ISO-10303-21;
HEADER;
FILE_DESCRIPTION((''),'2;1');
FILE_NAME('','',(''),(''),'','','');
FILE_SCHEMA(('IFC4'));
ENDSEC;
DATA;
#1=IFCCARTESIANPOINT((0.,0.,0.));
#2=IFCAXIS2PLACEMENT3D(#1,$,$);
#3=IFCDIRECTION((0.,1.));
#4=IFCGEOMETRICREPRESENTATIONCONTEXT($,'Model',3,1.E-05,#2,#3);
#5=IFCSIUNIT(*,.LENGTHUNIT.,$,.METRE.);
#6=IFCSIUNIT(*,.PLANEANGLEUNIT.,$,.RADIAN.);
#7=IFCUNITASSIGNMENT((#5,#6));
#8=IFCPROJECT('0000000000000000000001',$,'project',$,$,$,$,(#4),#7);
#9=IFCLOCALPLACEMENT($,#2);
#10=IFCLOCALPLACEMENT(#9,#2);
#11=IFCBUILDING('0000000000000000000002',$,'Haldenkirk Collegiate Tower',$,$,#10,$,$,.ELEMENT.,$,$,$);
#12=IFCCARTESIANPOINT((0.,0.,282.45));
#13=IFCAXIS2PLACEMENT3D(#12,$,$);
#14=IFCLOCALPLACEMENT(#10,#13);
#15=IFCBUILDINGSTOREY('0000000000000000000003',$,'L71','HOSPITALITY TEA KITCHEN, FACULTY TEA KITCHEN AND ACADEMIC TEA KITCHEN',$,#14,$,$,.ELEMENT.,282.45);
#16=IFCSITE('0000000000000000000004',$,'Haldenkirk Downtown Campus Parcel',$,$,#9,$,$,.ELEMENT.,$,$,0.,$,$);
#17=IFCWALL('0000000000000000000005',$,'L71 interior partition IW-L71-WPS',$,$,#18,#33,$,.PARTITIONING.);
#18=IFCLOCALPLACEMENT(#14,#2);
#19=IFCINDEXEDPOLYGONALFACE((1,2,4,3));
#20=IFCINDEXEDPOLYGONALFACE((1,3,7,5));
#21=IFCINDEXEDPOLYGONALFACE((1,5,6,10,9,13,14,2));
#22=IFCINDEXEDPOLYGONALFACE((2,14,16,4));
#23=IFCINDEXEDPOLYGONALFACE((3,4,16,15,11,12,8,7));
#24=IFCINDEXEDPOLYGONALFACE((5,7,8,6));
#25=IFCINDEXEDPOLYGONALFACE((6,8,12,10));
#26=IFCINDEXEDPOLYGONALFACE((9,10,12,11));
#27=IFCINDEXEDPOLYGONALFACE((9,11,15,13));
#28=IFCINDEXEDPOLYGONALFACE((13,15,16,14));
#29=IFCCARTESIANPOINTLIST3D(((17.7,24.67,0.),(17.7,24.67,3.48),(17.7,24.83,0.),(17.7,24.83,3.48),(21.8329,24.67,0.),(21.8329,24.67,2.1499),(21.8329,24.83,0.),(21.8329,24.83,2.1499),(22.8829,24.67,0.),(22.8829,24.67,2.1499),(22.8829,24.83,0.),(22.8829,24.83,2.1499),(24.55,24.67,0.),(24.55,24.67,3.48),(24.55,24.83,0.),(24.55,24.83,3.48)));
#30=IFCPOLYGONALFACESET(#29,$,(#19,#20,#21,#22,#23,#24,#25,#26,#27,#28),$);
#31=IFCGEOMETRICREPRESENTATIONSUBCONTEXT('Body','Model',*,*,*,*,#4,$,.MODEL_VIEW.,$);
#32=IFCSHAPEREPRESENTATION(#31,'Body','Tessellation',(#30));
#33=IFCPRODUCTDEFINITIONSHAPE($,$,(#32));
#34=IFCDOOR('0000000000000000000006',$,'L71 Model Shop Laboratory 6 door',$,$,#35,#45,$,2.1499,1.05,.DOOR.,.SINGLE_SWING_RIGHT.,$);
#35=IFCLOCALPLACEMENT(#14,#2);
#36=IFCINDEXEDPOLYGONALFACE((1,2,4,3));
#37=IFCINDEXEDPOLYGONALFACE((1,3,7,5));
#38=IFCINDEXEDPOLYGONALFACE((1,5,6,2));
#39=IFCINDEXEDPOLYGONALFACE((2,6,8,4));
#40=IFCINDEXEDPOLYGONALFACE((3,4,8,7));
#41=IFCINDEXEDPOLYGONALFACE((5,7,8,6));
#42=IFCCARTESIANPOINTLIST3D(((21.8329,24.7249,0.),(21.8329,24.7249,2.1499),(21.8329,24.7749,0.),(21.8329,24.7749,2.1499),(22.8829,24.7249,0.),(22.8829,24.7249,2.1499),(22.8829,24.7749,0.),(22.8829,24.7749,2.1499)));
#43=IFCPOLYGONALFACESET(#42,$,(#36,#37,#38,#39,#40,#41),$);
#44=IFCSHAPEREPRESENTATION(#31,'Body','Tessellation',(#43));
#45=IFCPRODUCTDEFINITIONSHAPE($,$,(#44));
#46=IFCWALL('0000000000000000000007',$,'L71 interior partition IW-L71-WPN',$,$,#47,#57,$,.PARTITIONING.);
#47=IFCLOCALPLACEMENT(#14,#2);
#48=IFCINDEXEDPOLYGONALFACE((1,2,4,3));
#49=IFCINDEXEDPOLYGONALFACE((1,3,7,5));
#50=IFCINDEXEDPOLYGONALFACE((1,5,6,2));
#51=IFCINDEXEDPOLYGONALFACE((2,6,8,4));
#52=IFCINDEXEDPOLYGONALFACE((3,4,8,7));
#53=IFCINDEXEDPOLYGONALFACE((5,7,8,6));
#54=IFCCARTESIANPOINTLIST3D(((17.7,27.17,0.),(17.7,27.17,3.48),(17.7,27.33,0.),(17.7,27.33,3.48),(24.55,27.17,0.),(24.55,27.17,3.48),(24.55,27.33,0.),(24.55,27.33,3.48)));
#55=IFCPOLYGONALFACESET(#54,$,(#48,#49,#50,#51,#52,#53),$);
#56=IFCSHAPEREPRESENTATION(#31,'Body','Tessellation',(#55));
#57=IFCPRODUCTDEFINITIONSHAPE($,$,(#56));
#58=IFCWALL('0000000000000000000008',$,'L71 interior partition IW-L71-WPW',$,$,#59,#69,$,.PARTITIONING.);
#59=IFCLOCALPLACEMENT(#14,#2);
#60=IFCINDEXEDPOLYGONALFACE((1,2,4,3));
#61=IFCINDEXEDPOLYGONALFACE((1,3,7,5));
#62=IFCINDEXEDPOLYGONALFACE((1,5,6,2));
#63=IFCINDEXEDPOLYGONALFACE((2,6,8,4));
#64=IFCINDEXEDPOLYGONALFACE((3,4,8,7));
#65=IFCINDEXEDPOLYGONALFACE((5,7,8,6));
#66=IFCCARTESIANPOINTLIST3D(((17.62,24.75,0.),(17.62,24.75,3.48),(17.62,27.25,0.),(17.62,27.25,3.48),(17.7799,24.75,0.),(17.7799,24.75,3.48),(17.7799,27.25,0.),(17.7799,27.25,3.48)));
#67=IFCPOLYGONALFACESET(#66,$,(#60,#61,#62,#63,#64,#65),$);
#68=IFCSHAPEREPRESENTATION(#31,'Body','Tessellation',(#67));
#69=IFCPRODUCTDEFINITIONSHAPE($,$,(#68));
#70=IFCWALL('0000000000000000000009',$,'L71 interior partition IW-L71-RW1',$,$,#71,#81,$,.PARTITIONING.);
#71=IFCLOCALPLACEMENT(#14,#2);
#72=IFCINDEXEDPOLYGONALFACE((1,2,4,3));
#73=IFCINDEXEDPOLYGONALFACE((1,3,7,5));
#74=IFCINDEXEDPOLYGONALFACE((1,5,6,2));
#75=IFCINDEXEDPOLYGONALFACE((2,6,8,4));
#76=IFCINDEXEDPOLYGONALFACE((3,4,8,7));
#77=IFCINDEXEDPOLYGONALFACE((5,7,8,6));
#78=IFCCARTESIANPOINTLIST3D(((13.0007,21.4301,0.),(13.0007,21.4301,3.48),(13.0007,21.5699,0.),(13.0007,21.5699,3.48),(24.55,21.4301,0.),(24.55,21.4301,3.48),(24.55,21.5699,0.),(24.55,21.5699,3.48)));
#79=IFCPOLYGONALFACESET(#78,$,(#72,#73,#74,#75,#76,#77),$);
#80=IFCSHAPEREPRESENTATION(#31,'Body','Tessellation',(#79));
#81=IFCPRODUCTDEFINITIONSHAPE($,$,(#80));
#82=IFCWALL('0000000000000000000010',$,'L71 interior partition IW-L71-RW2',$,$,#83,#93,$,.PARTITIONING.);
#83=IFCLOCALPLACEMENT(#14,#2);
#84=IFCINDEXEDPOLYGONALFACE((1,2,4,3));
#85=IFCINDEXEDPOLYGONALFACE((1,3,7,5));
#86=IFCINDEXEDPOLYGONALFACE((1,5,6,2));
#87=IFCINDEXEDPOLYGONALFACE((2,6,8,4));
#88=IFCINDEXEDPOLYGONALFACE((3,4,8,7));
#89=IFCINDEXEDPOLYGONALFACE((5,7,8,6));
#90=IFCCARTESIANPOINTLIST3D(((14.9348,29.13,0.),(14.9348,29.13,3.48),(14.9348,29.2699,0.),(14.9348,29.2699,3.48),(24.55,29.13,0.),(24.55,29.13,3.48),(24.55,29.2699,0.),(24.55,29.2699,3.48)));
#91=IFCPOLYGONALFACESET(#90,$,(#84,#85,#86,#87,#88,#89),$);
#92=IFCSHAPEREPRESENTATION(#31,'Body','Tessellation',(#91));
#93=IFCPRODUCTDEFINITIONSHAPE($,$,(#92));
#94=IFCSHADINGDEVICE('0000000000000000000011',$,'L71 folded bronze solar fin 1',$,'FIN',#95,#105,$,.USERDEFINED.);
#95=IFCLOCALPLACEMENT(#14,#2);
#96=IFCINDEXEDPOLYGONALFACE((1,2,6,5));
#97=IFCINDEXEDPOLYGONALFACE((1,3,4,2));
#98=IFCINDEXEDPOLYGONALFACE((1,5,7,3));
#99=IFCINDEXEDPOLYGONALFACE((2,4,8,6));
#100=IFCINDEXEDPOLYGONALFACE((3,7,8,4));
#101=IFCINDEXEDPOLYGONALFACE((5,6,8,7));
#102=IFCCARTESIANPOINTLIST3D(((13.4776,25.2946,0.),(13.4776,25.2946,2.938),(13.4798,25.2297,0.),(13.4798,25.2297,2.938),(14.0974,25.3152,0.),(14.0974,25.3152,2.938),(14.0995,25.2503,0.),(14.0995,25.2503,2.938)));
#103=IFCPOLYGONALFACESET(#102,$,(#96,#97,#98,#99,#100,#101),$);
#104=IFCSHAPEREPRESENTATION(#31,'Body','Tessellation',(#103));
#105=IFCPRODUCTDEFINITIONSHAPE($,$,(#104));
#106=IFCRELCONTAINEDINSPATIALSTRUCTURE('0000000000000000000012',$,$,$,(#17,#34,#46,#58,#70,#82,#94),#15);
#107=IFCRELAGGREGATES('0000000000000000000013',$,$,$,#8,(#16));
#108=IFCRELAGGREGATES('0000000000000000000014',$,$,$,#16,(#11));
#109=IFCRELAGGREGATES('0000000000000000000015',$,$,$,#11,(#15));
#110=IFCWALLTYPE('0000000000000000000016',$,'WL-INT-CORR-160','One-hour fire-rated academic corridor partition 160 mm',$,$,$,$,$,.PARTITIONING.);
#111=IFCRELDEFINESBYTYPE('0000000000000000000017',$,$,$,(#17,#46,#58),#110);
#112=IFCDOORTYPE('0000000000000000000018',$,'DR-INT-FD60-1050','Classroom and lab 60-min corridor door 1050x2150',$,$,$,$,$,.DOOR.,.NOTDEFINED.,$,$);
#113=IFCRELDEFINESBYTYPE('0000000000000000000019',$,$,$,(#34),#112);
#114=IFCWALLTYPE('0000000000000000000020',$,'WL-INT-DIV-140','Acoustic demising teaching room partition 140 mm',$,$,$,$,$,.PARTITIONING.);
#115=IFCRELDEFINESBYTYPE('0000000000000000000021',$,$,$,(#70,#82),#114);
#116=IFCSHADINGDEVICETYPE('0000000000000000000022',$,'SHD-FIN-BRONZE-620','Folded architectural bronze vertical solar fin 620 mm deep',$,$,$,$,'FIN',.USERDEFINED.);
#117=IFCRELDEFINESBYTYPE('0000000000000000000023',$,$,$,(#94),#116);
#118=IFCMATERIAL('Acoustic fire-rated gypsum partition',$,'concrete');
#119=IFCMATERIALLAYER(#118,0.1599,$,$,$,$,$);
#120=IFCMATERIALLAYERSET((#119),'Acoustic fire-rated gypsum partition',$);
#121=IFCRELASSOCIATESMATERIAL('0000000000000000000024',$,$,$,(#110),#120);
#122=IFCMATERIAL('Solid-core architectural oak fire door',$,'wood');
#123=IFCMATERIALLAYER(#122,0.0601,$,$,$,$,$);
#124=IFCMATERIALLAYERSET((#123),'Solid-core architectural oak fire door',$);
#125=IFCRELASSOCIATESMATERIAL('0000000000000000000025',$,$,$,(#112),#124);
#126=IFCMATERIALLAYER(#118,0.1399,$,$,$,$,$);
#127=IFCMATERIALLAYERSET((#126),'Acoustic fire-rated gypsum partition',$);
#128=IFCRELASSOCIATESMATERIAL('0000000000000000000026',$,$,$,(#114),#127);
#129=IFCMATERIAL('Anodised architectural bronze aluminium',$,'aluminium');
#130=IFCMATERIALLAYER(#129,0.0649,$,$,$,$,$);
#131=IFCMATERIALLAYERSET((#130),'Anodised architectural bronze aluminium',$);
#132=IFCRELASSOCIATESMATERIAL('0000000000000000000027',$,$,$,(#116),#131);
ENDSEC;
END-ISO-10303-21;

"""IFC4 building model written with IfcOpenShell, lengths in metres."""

from ifc_helpers import new_model, si_unit, direction, frame, frame_2d, origin, origin_2d, place, context, subcontext, project, spatial, rectangle, extrude, source, transform, mapped, material, layer, layer_set, type_object, element, fill, save


model = new_model("IFC4")

# Units and contexts
model_context = context("Model", 3, precision=1e-05, world=origin(), true_north=direction((0.0, 1.0)))
body_context = subcontext(model_context, "Body", "Model", "MODEL_VIEW")
ifc_project = project(units=[si_unit("LENGTHUNIT", "METRE"), si_unit("PLANEANGLEUNIT", "RADIAN")], contexts=[model_context])

# Site, building, storey
site_placement = place(None, origin())
site = spatial("IfcSite", under=ifc_project, at=site_placement, Name="Haldenkirk Downtown Campus Parcel", CompositionType="ELEMENT", RefElevation=0.0)
building_placement = place(site_placement, origin())
building = spatial("IfcBuilding", under=site, at=building_placement, Name="Haldenkirk Collegiate Tower", CompositionType="ELEMENT")
storey_placement = place(building_placement, frame((0.0, 0.0, 282.45)))
storey = spatial("IfcBuildingStorey", under=building, at=storey_placement, Name="L71", Description="HOSPITALITY TEA KITCHEN, FACULTY TEA KITCHEN AND ACADEMIC TEA KITCHEN", CompositionType="ELEMENT", Elevation=282.45)

# Shared definitions
ifc_material_1 = material(Name="Anodised architectural bronze aluminium", Category="aluminium")

# Shared definitions
ifc_material_2 = material(Name="Acoustic fire-rated gypsum partition", Category="concrete")
ifc_layer_1 = layer(ifc_material_2, 0.1599)
ifc_layer_set_1 = layer_set([ifc_layer_1], Name="Acoustic fire-rated gypsum partition")
wall_type_1 = type_object("IfcWallType", Name="WL-INT-CORR-160", Description="One-hour fire-rated academic corridor partition 160 mm", PredefinedType="PARTITIONING", material=ifc_layer_set_1)
ifc_material_3 = material(Name="Solid-core architectural oak fire door", Category="wood")
ifc_layer_2 = layer(ifc_material_3, 0.0601)
ifc_layer_set_2 = layer_set([ifc_layer_2], Name="Solid-core architectural oak fire door")
door_type = type_object("IfcDoorType", Name="DR-INT-FD60-1050", Description="Classroom and lab 60-min corridor door 1050x2150", OperationType="NOTDEFINED", PredefinedType="DOOR", material=ifc_layer_set_2)

# Wall, opening, door
wall_1_placement = place(storey_placement, frame((17.7, 24.75, 0.0), z_axis=(0.0, 0.0, 1.0), x_axis=(1.0, 0.0, 0.0)))
wall_1 = element("IfcWall", 1, at=wall_1_placement, inside=storey, type_object=wall_type_1, Name="L71 interior partition IW-L71-WPS", PredefinedType="PARTITIONING", context=body_context, shape_type="SweptSolid", body=[
    extrude(rectangle(XDim=6.8501, YDim=0.1599, at=frame_2d((3.425, 0.0))), origin(), (0.0, 0.0, 1.0), 3.48),
])
opening_1_placement = place(wall_1_placement, frame((4.1331, 0.0, 0.0)))
opening_1 = element("IfcOpeningElement", 2, at=opening_1_placement, cuts=wall_1, PredefinedType="OPENING", context=body_context, shape_type="SweptSolid", body=[
    extrude(rectangle(XDim=1.05, YDim=2.1499, at=frame_2d((0.5249, 1.075))), frame((0.0, 0.0898, 0.0), z_axis=(0.0, -1.0, 0.0), x_axis=(1.0, 0.0, 0.0)), (0.0, 0.0, 1.0), 0.1799),
])
door_1_placement = place(opening_1_placement, origin())
door_1 = element("IfcDoor", 3, at=door_1_placement, inside=storey, type_object=door_type, Name="L71 Model Shop Laboratory 6 door", OperationType="SINGLE_SWING_RIGHT", OverallHeight=2.1499, OverallWidth=1.05, PredefinedType="DOOR", context=body_context, shape_type="SweptSolid", body=[
    extrude(rectangle(XDim=1.05, YDim=2.1499, at=frame_2d((0.5249, 1.075))), frame((0.0, 0.0249, 0.0), z_axis=(0.0, -1.0, 0.0), x_axis=(1.0, 0.0, 0.0)), (0.0, 0.0, 1.0), 0.05),
])
fill(opening_1, door_1)

# Walls
wall_2_placement = place(storey_placement, frame((17.7, 27.25, 0.0), z_axis=(0.0, 0.0, 1.0), x_axis=(1.0, 0.0, 0.0)))
element("IfcWall", 4, at=wall_2_placement, inside=storey, type_object=wall_type_1, Name="L71 interior partition IW-L71-WPN", PredefinedType="PARTITIONING", context=body_context, shape_type="SweptSolid", body=[
    extrude(rectangle(XDim=6.8501, YDim=0.1599, at=frame_2d((3.425, 0.0))), origin(), (0.0, 0.0, 1.0), 3.48),
])
wall_3_placement = place(storey_placement, frame((17.7, 24.75, 0.0), z_axis=(0.0, 0.0, 1.0), x_axis=(0.0, 1.0, 0.0)))
element("IfcWall", 5, at=wall_3_placement, inside=storey, type_object=wall_type_1, Name="L71 interior partition IW-L71-WPW", PredefinedType="PARTITIONING", context=body_context, shape_type="SweptSolid", body=[
    extrude(rectangle(XDim=2.5, YDim=0.1599, at=frame_2d((1.25, 0.0))), origin(), (0.0, 0.0, 1.0), 3.48),
])
ifc_layer_3 = layer(ifc_material_2, 0.1399)
ifc_layer_set_3 = layer_set([ifc_layer_3], Name="Acoustic fire-rated gypsum partition")
wall_type_2 = type_object("IfcWallType", Name="WL-INT-DIV-140", Description="Acoustic demising teaching room partition 140 mm", PredefinedType="PARTITIONING", material=ifc_layer_set_3)
wall_4_placement = place(storey_placement, frame((13.0007, 21.5, 0.0), z_axis=(0.0, 0.0, 1.0), x_axis=(1.0, 0.0, 0.0)))
element("IfcWall", 6, at=wall_4_placement, inside=storey, type_object=wall_type_2, Name="L71 interior partition IW-L71-RW1", PredefinedType="PARTITIONING", context=body_context, shape_type="SweptSolid", body=[
    extrude(rectangle(XDim=11.5493, YDim=0.1399, at=frame_2d((5.7747, 0.0))), origin(), (0.0, 0.0, 1.0), 3.48),
])
wall_5_placement = place(storey_placement, frame((14.9348, 29.2, 0.0), z_axis=(0.0, 0.0, 1.0), x_axis=(1.0, 0.0, 0.0)))
element("IfcWall", 7, at=wall_5_placement, inside=storey, type_object=wall_type_2, Name="L71 interior partition IW-L71-RW2", PredefinedType="PARTITIONING", context=body_context, shape_type="SweptSolid", body=[
    extrude(rectangle(XDim=9.6152, YDim=0.1399, at=frame_2d((4.8076, 0.0))), origin(), (0.0, 0.0, 1.0), 3.48),
])

# Shading device
ifc_layer_4 = layer(ifc_material_1, 0.0649)
ifc_layer_set_4 = layer_set([ifc_layer_4], Name="Anodised architectural bronze aluminium")
shading_device_type = type_object("IfcShadingDeviceType", Name="SHD-FIN-BRONZE-620", Description="Folded architectural bronze vertical solar fin 620 mm deep", ElementType="FIN", PredefinedType="USERDEFINED", material=ifc_layer_set_4)
shared_shape_1 = source(origin(), body_context, "Body", "SweptSolid", [
    extrude(rectangle(XDim=0.6201, YDim=0.0649, at=origin_2d()), origin(), (0.0, 0.0, 1.0), 2.938),
])
shading_device_placement = place(storey_placement, frame((13.7886, 25.2725, 0.0), z_axis=(0.0, 0.0, 1.0), x_axis=(-0.99945, -0.033155, 0.0)))
element("IfcShadingDevice", 8, at=shading_device_placement, inside=storey, type_object=shading_device_type, Name="L71 folded bronze solar fin 1", ObjectType="FIN", PredefinedType="USERDEFINED", context=body_context, shape_type="MappedRepresentation", body=[
    mapped(shared_shape_1, transform((0.0, 0.0, 0.0), x_axis=(1.0, 0.0, 0.0), y_axis=(0.0, 1.0, 0.0), z_axis=(0.0, 0.0, 1.0), scale=1.0)),
])

save(model, "model.ifc")
